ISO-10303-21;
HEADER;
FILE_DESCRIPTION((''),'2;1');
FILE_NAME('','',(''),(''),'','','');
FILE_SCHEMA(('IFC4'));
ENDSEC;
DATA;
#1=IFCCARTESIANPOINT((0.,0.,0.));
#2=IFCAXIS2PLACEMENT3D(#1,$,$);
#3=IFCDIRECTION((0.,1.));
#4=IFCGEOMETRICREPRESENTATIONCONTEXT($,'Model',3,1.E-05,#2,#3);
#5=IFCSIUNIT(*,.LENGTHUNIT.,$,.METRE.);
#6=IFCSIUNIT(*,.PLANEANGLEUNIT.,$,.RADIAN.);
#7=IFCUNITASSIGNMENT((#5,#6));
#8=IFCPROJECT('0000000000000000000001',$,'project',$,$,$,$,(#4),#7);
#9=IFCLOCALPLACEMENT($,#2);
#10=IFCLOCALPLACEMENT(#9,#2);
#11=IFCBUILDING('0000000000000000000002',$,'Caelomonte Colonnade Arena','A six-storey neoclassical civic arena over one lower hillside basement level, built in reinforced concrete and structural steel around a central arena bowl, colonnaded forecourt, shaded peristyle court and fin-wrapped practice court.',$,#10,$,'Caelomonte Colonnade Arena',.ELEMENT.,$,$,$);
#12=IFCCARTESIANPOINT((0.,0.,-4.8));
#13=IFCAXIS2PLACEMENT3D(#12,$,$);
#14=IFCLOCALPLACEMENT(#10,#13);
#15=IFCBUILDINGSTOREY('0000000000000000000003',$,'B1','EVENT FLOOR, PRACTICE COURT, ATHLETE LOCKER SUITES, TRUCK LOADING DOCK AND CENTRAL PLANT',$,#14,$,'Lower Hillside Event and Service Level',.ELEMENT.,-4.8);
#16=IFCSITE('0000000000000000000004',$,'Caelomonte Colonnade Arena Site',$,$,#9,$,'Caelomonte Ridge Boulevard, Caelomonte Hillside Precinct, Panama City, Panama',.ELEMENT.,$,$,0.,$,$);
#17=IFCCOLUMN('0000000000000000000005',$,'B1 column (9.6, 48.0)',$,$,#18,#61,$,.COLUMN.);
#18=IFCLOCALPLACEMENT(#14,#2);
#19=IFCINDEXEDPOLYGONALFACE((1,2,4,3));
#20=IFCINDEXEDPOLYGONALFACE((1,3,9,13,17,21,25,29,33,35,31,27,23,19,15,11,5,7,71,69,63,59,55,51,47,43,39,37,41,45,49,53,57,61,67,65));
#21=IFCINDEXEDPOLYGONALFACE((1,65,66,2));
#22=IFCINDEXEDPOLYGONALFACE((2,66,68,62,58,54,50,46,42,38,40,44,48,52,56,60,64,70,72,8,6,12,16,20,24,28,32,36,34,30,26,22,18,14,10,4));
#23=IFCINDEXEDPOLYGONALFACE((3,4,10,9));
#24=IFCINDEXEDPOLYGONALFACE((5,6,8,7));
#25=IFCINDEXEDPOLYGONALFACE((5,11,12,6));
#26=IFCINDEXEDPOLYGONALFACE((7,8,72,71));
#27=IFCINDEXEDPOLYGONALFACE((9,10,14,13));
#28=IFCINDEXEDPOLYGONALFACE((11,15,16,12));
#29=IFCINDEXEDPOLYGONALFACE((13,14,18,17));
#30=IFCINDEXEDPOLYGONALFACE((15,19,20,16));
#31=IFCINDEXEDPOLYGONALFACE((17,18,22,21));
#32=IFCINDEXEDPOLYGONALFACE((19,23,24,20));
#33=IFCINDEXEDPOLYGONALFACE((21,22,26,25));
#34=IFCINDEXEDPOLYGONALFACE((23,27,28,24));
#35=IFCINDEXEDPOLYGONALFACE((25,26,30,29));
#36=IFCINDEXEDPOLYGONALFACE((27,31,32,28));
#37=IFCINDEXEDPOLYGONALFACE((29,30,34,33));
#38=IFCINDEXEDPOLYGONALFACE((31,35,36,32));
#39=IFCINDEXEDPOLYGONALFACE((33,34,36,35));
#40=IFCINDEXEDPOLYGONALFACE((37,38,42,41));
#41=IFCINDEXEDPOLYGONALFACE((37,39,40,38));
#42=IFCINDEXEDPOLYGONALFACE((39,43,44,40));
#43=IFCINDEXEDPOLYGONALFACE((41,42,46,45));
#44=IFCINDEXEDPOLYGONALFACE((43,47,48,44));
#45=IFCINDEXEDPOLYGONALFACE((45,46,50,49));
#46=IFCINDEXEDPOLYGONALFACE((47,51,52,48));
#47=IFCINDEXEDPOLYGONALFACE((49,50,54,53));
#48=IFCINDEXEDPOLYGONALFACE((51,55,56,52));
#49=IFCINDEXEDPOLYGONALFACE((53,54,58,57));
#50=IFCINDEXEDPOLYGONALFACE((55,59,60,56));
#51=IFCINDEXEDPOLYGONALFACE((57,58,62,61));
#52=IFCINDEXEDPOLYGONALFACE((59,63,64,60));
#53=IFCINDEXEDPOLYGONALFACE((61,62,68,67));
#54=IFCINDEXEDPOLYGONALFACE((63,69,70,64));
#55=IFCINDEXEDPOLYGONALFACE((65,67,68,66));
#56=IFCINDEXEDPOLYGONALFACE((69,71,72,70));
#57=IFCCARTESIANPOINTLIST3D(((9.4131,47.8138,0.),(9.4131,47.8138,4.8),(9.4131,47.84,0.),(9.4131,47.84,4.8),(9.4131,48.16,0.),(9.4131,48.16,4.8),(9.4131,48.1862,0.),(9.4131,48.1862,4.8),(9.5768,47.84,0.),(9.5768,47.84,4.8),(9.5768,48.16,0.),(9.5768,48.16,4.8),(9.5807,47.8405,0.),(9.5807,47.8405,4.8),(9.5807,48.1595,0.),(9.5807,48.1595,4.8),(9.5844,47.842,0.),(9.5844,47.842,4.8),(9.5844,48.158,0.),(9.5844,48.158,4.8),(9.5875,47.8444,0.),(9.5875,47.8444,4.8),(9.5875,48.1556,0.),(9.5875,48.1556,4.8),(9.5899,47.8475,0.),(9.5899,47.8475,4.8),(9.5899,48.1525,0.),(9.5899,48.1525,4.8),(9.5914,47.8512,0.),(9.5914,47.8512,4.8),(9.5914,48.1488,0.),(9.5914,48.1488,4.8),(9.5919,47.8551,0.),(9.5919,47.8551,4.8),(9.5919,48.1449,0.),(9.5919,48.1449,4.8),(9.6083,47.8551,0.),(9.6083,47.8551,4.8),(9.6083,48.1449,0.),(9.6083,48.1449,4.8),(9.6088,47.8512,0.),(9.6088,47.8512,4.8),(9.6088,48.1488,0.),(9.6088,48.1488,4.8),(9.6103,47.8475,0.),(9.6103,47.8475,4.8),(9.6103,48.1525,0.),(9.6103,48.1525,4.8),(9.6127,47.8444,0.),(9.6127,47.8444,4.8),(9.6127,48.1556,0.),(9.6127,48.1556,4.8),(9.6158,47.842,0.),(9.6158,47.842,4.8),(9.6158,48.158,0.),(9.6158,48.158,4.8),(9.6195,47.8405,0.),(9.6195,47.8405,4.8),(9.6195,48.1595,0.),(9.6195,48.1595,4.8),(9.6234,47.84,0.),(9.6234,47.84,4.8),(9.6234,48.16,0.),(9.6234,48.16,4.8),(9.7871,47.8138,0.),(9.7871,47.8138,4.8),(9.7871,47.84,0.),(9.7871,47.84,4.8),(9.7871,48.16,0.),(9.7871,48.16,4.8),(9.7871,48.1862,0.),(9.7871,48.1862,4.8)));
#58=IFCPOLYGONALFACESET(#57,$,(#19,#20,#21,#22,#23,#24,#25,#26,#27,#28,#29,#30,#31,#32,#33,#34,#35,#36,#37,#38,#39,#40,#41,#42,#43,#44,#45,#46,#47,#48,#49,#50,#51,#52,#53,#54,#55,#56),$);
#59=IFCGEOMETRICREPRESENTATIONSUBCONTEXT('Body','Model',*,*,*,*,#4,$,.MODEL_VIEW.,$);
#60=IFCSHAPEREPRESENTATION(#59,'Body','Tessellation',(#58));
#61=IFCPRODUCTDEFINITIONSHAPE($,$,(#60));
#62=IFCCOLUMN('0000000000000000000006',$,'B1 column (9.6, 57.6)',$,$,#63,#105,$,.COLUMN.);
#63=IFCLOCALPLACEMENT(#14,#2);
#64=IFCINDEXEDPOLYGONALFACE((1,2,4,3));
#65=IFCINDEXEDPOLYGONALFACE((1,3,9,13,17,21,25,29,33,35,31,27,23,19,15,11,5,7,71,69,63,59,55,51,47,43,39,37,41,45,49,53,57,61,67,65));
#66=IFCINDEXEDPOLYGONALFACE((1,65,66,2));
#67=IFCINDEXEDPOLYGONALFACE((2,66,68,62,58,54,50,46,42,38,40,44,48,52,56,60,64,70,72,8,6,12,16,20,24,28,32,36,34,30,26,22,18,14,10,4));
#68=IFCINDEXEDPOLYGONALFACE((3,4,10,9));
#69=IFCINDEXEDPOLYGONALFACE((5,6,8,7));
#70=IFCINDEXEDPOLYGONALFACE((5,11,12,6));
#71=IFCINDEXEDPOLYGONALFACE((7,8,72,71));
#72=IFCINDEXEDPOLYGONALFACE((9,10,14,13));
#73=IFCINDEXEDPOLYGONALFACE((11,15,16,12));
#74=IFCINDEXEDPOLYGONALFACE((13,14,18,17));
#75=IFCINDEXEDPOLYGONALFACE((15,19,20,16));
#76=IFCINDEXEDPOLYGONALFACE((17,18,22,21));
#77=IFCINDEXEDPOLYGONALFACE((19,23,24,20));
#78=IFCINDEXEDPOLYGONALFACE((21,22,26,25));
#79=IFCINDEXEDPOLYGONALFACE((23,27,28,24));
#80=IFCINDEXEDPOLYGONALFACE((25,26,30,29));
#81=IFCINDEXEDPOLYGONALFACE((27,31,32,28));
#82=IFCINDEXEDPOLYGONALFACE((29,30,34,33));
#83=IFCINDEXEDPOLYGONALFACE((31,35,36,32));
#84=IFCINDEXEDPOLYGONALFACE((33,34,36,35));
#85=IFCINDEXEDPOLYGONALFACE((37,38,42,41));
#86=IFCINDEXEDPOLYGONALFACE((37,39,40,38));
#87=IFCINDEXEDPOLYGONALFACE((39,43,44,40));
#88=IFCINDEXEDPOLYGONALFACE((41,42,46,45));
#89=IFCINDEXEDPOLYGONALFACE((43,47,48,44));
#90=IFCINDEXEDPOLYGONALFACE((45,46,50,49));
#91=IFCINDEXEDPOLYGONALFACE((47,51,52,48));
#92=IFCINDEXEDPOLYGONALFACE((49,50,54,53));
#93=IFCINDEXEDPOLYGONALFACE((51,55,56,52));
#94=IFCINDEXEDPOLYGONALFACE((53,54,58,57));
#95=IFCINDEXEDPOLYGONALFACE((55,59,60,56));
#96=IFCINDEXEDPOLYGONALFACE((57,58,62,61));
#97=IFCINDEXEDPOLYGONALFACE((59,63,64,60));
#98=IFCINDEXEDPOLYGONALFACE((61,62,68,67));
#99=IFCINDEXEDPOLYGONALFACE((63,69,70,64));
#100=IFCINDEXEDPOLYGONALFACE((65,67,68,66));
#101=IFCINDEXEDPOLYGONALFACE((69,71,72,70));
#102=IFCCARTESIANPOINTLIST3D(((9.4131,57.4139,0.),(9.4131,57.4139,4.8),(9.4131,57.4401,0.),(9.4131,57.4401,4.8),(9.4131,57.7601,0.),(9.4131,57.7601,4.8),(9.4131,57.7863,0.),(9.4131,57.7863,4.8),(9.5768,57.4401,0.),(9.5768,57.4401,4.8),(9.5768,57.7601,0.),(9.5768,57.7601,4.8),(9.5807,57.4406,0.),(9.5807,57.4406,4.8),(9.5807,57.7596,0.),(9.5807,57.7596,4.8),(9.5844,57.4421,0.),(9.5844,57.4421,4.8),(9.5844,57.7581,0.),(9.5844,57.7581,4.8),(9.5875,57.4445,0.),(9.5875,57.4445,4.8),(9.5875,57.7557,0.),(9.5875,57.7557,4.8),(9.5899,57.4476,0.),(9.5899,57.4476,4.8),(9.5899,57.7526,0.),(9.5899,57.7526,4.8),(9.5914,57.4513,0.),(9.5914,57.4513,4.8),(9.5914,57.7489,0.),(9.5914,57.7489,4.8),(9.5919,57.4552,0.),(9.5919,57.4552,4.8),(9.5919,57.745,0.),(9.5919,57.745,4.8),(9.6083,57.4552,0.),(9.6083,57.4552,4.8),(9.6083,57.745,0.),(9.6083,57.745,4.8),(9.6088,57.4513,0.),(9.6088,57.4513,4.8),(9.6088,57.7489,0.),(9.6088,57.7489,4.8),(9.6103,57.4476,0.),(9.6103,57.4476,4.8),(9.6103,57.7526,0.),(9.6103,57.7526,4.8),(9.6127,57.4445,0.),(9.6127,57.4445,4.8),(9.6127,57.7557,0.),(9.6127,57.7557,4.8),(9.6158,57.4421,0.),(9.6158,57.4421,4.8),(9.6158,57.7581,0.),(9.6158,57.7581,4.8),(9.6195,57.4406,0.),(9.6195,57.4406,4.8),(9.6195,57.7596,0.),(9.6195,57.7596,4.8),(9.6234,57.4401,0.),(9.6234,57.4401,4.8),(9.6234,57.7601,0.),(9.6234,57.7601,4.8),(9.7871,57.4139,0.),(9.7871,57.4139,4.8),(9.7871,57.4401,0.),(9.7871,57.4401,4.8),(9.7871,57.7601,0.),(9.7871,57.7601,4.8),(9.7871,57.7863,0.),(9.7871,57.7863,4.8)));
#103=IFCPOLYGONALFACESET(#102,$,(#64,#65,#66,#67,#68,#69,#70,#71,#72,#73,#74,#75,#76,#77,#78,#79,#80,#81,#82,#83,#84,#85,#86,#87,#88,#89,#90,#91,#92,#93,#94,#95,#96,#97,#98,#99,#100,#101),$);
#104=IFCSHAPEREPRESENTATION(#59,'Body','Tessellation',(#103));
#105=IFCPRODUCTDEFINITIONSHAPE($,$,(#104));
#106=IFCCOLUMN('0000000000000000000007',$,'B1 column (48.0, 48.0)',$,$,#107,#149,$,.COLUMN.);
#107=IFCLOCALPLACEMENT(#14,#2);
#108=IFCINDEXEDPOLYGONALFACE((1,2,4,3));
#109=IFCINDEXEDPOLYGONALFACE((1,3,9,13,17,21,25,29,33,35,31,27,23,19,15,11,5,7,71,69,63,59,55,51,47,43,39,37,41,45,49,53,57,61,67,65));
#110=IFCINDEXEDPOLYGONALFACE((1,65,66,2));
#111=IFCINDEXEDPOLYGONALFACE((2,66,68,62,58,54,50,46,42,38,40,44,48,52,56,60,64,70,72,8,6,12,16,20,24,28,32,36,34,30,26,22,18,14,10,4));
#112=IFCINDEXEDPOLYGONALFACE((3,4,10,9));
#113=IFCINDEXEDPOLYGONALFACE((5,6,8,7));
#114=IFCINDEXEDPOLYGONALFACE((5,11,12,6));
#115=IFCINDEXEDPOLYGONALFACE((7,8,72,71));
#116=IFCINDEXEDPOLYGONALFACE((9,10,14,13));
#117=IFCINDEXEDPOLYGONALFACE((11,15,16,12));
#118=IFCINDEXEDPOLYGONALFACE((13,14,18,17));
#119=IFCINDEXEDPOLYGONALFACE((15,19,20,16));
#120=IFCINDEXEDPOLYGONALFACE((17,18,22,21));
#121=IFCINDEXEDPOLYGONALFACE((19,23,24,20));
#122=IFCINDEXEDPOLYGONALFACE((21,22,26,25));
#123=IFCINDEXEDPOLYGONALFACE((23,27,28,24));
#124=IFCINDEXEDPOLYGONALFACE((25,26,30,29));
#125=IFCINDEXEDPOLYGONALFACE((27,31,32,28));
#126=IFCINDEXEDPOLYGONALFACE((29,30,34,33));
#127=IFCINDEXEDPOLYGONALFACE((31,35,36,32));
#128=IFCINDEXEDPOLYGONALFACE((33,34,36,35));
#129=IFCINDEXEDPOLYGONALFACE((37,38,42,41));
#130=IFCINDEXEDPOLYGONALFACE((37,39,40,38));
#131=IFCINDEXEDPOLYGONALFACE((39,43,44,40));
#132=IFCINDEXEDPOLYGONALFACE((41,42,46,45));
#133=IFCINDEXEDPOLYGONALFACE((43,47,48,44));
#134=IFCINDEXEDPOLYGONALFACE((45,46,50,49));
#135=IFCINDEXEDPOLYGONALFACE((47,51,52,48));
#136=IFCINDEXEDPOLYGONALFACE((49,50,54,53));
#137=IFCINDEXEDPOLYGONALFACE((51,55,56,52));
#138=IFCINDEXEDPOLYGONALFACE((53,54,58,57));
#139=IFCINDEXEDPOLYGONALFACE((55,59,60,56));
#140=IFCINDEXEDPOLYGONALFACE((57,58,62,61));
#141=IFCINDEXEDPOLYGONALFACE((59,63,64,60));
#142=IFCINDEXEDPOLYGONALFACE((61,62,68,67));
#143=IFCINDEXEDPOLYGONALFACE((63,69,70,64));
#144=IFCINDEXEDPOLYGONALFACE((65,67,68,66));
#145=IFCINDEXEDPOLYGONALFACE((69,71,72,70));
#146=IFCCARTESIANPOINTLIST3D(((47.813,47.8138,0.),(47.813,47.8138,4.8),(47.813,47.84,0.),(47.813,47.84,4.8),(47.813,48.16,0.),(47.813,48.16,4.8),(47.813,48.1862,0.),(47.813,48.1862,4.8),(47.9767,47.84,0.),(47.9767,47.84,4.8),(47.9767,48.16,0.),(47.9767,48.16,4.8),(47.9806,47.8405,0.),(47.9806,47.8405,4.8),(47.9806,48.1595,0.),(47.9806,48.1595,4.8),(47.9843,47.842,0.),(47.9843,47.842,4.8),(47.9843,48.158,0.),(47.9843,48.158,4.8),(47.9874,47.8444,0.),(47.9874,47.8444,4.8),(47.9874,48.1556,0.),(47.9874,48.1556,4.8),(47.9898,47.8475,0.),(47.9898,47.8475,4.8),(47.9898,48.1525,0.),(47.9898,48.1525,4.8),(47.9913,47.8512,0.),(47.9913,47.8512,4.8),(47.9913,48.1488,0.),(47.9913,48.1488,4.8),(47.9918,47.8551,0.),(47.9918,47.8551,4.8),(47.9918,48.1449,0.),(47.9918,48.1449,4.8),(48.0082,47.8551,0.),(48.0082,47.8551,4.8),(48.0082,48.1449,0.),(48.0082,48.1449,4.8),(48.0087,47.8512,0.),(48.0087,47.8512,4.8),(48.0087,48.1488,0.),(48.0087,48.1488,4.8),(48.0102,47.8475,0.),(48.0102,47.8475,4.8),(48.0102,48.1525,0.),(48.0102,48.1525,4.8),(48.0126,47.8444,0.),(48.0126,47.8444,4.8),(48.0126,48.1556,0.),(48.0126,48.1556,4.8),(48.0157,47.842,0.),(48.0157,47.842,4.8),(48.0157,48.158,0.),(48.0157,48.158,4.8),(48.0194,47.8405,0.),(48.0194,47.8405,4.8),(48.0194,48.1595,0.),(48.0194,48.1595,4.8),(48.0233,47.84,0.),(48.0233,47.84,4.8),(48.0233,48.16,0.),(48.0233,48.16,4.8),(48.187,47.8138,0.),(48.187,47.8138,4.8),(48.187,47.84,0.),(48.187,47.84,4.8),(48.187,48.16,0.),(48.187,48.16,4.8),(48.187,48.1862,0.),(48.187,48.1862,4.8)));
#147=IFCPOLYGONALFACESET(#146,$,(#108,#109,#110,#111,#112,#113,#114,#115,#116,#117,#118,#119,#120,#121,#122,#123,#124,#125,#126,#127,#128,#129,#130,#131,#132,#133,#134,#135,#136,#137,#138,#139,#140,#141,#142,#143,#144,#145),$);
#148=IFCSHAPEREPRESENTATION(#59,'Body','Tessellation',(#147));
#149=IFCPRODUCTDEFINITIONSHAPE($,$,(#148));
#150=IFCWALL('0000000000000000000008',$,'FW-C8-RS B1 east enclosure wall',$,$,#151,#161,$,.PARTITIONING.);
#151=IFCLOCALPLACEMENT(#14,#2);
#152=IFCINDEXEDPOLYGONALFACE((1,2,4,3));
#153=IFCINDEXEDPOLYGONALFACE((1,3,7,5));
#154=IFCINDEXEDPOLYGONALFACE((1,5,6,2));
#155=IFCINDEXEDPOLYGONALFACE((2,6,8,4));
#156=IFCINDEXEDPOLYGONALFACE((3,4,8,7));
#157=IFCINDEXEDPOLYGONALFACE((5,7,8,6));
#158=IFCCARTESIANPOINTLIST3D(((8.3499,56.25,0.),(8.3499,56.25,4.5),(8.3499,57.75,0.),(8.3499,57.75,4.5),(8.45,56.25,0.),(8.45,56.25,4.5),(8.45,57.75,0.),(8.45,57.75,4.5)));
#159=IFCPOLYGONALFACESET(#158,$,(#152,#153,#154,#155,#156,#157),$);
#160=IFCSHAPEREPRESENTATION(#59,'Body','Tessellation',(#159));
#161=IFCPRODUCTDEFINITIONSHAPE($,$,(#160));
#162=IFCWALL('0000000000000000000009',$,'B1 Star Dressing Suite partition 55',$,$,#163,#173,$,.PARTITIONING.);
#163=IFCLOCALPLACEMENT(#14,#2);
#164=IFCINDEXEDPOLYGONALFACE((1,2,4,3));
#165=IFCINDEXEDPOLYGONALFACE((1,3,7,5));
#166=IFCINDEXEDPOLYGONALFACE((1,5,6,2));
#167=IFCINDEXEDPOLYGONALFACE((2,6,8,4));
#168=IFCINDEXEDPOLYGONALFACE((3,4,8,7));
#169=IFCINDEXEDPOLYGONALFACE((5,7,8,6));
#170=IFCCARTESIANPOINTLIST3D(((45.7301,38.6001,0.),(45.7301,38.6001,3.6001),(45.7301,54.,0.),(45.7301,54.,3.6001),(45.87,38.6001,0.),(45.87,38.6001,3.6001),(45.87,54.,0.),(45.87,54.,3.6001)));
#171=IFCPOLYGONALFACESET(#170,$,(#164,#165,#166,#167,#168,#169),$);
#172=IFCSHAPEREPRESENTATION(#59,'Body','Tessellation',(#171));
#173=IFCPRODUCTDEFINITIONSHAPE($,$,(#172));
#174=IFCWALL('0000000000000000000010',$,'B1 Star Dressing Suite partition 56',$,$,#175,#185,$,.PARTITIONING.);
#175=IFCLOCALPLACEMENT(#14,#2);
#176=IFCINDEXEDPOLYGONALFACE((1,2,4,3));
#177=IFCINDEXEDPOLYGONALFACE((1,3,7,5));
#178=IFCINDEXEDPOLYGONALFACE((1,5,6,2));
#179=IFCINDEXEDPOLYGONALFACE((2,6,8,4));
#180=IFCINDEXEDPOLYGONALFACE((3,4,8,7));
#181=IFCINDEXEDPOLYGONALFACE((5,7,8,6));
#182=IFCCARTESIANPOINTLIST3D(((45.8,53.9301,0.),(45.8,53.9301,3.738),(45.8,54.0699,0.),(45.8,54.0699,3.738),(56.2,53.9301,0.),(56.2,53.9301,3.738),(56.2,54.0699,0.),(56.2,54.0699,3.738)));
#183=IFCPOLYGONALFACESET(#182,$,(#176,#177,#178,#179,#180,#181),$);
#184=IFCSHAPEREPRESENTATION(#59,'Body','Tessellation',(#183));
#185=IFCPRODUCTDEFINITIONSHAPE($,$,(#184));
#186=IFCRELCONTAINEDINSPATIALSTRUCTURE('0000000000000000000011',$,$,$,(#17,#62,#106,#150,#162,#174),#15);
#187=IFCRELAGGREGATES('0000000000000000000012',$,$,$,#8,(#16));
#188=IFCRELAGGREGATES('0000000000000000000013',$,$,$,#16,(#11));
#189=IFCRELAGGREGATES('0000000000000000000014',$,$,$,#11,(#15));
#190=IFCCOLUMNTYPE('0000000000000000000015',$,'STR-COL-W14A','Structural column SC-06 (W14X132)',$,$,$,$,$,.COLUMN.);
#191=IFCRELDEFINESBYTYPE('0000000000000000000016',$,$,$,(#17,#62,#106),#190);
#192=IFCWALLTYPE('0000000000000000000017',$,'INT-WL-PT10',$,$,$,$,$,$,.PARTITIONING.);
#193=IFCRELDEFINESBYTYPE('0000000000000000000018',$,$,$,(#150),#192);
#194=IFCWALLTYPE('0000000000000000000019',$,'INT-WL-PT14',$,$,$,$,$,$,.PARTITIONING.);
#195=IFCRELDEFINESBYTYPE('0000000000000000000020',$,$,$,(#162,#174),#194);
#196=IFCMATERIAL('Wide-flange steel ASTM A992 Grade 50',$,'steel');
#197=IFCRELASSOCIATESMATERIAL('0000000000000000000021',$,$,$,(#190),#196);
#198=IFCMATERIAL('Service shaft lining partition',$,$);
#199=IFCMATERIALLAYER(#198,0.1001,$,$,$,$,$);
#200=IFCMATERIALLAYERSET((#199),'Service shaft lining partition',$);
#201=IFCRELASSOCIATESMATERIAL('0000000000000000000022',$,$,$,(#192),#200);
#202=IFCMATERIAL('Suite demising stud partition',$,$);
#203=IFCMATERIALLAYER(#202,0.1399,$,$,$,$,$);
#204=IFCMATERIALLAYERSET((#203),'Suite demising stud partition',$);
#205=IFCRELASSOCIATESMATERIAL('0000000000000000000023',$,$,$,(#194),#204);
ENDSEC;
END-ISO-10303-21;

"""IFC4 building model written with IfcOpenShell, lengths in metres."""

from ifc_helpers import new_model, si_unit, direction, frame, frame_2d, origin, origin_2d, place, context, subcontext, project, spatial, rectangle, i_section, extrude, material, layer, layer_set, material_profile, profile_set, type_object, element, save


model = new_model("IFC4")

# Units and contexts
model_context = context("Model", 3, precision=1e-05, world=origin(), true_north=direction((0.0, 1.0)))
body_context = subcontext(model_context, "Body", "Model", "MODEL_VIEW")
ifc_project = project(units=[si_unit("LENGTHUNIT", "METRE"), si_unit("PLANEANGLEUNIT", "RADIAN")], contexts=[model_context])

# Site, building, storey
site_placement = place(None, origin())
site = spatial("IfcSite", under=ifc_project, at=site_placement, Name="Caelomonte Colonnade Arena Site", LongName="Caelomonte Ridge Boulevard, Caelomonte Hillside Precinct, Panama City, Panama", CompositionType="ELEMENT", RefElevation=0.0)
building_placement = place(site_placement, origin())
building = spatial("IfcBuilding", under=site, at=building_placement, Name="Caelomonte Colonnade Arena", Description="A six-storey neoclassical civic arena over one lower hillside basement level, built in reinforced concrete and structural steel around a central arena bowl, colonnaded forecourt, shaded peristyle court and fin-wrapped practice court.", LongName="Caelomonte Colonnade Arena", CompositionType="ELEMENT")
storey_placement = place(building_placement, frame((0.0, 0.0, -4.8)))
storey = spatial("IfcBuildingStorey", under=building, at=storey_placement, Name="B1", Description="EVENT FLOOR, PRACTICE COURT, ATHLETE LOCKER SUITES, TRUCK LOADING DOCK AND CENTRAL PLANT", LongName="Lower Hillside Event and Service Level", CompositionType="ELEMENT", Elevation=-4.8)

# Columns
ifc_material_1 = material(Name="Wide-flange steel ASTM A992 Grade 50", Category="steel")
ifc_material_profile_1 = material_profile(ifc_material_1, i_section(OverallWidth=0.374, OverallDepth=0.3723, WebThickness=0.0164, FlangeThickness=0.0261, FilletRadius=0.0151, at=origin_2d()), Name="W14X132")
ifc_profile_set_1 = profile_set([ifc_material_profile_1], Name="Wide-flange steel ASTM A992 Grade 50")
column_type_1 = type_object("IfcColumnType", Name="STR-COL-W14A", Description="Structural column SC-06 (W14X132)", PredefinedType="COLUMN", material=ifc_profile_set_1)
for number, where, z_axis, x_axis, name in (
    (1, (9.6001, 48.0, 0.0), (0.0, 0.0, 1.0), (1.0, 0.0, 0.0), "B1 column (9.6, 48.0)"),
    (2, (9.6001, 57.6001, 0.0), (0.0, 0.0, 1.0), (1.0, 0.0, 0.0), "B1 column (9.6, 57.6)"),
    (3, (48.0, 48.0, 0.0), (0.0, 0.0, 1.0), (1.0, 0.0, 0.0), "B1 column (48.0, 48.0)"),
):
    element("IfcColumn", number, at=place(storey_placement, frame(where, z_axis=z_axis, x_axis=x_axis)), inside=storey, type_object=column_type_1, Name=name, PredefinedType="COLUMN", context=body_context, shape_type="SweptSolid", body=[
        extrude(i_section(OverallWidth=0.374, OverallDepth=0.3723, WebThickness=0.0164, FlangeThickness=0.0261, FilletRadius=0.0151, at=origin_2d()), origin(), (0.0, 0.0, 1.0), 4.8),
    ])

# Walls
ifc_material_2 = material(Name="Service shaft lining partition")
ifc_layer_1 = layer(ifc_material_2, 0.1001)
ifc_layer_set_1 = layer_set([ifc_layer_1], Name="Service shaft lining partition")
wall_type_1 = type_object("IfcWallType", Name="INT-WL-PT10", PredefinedType="PARTITIONING", material=ifc_layer_set_1)
wall_1_placement = place(storey_placement, frame((8.3999, 56.25, 0.0), z_axis=(0.0, 0.0, 1.0), x_axis=(0.0, 1.0, 0.0)))
element("IfcWall", 4, at=wall_1_placement, inside=storey, type_object=wall_type_1, Name="FW-C8-RS B1 east enclosure wall", PredefinedType="PARTITIONING", context=body_context, shape_type="SweptSolid", body=[
    extrude(rectangle(XDim=1.5, YDim=0.1001, at=frame_2d((0.75, 0.0))), origin(), (0.0, 0.0, 1.0), 4.5),
])
ifc_material_3 = material(Name="Suite demising stud partition")
ifc_layer_2 = layer(ifc_material_3, 0.1399)
ifc_layer_set_2 = layer_set([ifc_layer_2], Name="Suite demising stud partition")
wall_type_2 = type_object("IfcWallType", Name="INT-WL-PT14", PredefinedType="PARTITIONING", material=ifc_layer_set_2)
wall_2_placement = place(storey_placement, frame((45.8, 38.6001, 0.0), z_axis=(0.0, 0.0, 1.0), x_axis=(0.0, 1.0, 0.0)))
element("IfcWall", 5, at=wall_2_placement, inside=storey, type_object=wall_type_2, Name="B1 Star Dressing Suite partition 55", PredefinedType="PARTITIONING", context=body_context, shape_type="SweptSolid", body=[
    extrude(rectangle(XDim=15.3999, YDim=0.1399, at=frame_2d((7.7, 0.0))), origin(), (0.0, 0.0, 1.0), 3.6001),
])
wall_3_placement = place(storey_placement, frame((45.8, 54.0, 0.0), z_axis=(0.0, 0.0, 1.0), x_axis=(1.0, 0.0, 0.0)))
element("IfcWall", 6, at=wall_3_placement, inside=storey, type_object=wall_type_2, Name="B1 Star Dressing Suite partition 56", PredefinedType="PARTITIONING", context=body_context, shape_type="SweptSolid", body=[
    extrude(rectangle(XDim=10.3999, YDim=0.1399, at=frame_2d((5.2, 0.0))), origin(), (0.0, 0.0, 1.0), 3.738),
])

save(model, "model.ifc")
